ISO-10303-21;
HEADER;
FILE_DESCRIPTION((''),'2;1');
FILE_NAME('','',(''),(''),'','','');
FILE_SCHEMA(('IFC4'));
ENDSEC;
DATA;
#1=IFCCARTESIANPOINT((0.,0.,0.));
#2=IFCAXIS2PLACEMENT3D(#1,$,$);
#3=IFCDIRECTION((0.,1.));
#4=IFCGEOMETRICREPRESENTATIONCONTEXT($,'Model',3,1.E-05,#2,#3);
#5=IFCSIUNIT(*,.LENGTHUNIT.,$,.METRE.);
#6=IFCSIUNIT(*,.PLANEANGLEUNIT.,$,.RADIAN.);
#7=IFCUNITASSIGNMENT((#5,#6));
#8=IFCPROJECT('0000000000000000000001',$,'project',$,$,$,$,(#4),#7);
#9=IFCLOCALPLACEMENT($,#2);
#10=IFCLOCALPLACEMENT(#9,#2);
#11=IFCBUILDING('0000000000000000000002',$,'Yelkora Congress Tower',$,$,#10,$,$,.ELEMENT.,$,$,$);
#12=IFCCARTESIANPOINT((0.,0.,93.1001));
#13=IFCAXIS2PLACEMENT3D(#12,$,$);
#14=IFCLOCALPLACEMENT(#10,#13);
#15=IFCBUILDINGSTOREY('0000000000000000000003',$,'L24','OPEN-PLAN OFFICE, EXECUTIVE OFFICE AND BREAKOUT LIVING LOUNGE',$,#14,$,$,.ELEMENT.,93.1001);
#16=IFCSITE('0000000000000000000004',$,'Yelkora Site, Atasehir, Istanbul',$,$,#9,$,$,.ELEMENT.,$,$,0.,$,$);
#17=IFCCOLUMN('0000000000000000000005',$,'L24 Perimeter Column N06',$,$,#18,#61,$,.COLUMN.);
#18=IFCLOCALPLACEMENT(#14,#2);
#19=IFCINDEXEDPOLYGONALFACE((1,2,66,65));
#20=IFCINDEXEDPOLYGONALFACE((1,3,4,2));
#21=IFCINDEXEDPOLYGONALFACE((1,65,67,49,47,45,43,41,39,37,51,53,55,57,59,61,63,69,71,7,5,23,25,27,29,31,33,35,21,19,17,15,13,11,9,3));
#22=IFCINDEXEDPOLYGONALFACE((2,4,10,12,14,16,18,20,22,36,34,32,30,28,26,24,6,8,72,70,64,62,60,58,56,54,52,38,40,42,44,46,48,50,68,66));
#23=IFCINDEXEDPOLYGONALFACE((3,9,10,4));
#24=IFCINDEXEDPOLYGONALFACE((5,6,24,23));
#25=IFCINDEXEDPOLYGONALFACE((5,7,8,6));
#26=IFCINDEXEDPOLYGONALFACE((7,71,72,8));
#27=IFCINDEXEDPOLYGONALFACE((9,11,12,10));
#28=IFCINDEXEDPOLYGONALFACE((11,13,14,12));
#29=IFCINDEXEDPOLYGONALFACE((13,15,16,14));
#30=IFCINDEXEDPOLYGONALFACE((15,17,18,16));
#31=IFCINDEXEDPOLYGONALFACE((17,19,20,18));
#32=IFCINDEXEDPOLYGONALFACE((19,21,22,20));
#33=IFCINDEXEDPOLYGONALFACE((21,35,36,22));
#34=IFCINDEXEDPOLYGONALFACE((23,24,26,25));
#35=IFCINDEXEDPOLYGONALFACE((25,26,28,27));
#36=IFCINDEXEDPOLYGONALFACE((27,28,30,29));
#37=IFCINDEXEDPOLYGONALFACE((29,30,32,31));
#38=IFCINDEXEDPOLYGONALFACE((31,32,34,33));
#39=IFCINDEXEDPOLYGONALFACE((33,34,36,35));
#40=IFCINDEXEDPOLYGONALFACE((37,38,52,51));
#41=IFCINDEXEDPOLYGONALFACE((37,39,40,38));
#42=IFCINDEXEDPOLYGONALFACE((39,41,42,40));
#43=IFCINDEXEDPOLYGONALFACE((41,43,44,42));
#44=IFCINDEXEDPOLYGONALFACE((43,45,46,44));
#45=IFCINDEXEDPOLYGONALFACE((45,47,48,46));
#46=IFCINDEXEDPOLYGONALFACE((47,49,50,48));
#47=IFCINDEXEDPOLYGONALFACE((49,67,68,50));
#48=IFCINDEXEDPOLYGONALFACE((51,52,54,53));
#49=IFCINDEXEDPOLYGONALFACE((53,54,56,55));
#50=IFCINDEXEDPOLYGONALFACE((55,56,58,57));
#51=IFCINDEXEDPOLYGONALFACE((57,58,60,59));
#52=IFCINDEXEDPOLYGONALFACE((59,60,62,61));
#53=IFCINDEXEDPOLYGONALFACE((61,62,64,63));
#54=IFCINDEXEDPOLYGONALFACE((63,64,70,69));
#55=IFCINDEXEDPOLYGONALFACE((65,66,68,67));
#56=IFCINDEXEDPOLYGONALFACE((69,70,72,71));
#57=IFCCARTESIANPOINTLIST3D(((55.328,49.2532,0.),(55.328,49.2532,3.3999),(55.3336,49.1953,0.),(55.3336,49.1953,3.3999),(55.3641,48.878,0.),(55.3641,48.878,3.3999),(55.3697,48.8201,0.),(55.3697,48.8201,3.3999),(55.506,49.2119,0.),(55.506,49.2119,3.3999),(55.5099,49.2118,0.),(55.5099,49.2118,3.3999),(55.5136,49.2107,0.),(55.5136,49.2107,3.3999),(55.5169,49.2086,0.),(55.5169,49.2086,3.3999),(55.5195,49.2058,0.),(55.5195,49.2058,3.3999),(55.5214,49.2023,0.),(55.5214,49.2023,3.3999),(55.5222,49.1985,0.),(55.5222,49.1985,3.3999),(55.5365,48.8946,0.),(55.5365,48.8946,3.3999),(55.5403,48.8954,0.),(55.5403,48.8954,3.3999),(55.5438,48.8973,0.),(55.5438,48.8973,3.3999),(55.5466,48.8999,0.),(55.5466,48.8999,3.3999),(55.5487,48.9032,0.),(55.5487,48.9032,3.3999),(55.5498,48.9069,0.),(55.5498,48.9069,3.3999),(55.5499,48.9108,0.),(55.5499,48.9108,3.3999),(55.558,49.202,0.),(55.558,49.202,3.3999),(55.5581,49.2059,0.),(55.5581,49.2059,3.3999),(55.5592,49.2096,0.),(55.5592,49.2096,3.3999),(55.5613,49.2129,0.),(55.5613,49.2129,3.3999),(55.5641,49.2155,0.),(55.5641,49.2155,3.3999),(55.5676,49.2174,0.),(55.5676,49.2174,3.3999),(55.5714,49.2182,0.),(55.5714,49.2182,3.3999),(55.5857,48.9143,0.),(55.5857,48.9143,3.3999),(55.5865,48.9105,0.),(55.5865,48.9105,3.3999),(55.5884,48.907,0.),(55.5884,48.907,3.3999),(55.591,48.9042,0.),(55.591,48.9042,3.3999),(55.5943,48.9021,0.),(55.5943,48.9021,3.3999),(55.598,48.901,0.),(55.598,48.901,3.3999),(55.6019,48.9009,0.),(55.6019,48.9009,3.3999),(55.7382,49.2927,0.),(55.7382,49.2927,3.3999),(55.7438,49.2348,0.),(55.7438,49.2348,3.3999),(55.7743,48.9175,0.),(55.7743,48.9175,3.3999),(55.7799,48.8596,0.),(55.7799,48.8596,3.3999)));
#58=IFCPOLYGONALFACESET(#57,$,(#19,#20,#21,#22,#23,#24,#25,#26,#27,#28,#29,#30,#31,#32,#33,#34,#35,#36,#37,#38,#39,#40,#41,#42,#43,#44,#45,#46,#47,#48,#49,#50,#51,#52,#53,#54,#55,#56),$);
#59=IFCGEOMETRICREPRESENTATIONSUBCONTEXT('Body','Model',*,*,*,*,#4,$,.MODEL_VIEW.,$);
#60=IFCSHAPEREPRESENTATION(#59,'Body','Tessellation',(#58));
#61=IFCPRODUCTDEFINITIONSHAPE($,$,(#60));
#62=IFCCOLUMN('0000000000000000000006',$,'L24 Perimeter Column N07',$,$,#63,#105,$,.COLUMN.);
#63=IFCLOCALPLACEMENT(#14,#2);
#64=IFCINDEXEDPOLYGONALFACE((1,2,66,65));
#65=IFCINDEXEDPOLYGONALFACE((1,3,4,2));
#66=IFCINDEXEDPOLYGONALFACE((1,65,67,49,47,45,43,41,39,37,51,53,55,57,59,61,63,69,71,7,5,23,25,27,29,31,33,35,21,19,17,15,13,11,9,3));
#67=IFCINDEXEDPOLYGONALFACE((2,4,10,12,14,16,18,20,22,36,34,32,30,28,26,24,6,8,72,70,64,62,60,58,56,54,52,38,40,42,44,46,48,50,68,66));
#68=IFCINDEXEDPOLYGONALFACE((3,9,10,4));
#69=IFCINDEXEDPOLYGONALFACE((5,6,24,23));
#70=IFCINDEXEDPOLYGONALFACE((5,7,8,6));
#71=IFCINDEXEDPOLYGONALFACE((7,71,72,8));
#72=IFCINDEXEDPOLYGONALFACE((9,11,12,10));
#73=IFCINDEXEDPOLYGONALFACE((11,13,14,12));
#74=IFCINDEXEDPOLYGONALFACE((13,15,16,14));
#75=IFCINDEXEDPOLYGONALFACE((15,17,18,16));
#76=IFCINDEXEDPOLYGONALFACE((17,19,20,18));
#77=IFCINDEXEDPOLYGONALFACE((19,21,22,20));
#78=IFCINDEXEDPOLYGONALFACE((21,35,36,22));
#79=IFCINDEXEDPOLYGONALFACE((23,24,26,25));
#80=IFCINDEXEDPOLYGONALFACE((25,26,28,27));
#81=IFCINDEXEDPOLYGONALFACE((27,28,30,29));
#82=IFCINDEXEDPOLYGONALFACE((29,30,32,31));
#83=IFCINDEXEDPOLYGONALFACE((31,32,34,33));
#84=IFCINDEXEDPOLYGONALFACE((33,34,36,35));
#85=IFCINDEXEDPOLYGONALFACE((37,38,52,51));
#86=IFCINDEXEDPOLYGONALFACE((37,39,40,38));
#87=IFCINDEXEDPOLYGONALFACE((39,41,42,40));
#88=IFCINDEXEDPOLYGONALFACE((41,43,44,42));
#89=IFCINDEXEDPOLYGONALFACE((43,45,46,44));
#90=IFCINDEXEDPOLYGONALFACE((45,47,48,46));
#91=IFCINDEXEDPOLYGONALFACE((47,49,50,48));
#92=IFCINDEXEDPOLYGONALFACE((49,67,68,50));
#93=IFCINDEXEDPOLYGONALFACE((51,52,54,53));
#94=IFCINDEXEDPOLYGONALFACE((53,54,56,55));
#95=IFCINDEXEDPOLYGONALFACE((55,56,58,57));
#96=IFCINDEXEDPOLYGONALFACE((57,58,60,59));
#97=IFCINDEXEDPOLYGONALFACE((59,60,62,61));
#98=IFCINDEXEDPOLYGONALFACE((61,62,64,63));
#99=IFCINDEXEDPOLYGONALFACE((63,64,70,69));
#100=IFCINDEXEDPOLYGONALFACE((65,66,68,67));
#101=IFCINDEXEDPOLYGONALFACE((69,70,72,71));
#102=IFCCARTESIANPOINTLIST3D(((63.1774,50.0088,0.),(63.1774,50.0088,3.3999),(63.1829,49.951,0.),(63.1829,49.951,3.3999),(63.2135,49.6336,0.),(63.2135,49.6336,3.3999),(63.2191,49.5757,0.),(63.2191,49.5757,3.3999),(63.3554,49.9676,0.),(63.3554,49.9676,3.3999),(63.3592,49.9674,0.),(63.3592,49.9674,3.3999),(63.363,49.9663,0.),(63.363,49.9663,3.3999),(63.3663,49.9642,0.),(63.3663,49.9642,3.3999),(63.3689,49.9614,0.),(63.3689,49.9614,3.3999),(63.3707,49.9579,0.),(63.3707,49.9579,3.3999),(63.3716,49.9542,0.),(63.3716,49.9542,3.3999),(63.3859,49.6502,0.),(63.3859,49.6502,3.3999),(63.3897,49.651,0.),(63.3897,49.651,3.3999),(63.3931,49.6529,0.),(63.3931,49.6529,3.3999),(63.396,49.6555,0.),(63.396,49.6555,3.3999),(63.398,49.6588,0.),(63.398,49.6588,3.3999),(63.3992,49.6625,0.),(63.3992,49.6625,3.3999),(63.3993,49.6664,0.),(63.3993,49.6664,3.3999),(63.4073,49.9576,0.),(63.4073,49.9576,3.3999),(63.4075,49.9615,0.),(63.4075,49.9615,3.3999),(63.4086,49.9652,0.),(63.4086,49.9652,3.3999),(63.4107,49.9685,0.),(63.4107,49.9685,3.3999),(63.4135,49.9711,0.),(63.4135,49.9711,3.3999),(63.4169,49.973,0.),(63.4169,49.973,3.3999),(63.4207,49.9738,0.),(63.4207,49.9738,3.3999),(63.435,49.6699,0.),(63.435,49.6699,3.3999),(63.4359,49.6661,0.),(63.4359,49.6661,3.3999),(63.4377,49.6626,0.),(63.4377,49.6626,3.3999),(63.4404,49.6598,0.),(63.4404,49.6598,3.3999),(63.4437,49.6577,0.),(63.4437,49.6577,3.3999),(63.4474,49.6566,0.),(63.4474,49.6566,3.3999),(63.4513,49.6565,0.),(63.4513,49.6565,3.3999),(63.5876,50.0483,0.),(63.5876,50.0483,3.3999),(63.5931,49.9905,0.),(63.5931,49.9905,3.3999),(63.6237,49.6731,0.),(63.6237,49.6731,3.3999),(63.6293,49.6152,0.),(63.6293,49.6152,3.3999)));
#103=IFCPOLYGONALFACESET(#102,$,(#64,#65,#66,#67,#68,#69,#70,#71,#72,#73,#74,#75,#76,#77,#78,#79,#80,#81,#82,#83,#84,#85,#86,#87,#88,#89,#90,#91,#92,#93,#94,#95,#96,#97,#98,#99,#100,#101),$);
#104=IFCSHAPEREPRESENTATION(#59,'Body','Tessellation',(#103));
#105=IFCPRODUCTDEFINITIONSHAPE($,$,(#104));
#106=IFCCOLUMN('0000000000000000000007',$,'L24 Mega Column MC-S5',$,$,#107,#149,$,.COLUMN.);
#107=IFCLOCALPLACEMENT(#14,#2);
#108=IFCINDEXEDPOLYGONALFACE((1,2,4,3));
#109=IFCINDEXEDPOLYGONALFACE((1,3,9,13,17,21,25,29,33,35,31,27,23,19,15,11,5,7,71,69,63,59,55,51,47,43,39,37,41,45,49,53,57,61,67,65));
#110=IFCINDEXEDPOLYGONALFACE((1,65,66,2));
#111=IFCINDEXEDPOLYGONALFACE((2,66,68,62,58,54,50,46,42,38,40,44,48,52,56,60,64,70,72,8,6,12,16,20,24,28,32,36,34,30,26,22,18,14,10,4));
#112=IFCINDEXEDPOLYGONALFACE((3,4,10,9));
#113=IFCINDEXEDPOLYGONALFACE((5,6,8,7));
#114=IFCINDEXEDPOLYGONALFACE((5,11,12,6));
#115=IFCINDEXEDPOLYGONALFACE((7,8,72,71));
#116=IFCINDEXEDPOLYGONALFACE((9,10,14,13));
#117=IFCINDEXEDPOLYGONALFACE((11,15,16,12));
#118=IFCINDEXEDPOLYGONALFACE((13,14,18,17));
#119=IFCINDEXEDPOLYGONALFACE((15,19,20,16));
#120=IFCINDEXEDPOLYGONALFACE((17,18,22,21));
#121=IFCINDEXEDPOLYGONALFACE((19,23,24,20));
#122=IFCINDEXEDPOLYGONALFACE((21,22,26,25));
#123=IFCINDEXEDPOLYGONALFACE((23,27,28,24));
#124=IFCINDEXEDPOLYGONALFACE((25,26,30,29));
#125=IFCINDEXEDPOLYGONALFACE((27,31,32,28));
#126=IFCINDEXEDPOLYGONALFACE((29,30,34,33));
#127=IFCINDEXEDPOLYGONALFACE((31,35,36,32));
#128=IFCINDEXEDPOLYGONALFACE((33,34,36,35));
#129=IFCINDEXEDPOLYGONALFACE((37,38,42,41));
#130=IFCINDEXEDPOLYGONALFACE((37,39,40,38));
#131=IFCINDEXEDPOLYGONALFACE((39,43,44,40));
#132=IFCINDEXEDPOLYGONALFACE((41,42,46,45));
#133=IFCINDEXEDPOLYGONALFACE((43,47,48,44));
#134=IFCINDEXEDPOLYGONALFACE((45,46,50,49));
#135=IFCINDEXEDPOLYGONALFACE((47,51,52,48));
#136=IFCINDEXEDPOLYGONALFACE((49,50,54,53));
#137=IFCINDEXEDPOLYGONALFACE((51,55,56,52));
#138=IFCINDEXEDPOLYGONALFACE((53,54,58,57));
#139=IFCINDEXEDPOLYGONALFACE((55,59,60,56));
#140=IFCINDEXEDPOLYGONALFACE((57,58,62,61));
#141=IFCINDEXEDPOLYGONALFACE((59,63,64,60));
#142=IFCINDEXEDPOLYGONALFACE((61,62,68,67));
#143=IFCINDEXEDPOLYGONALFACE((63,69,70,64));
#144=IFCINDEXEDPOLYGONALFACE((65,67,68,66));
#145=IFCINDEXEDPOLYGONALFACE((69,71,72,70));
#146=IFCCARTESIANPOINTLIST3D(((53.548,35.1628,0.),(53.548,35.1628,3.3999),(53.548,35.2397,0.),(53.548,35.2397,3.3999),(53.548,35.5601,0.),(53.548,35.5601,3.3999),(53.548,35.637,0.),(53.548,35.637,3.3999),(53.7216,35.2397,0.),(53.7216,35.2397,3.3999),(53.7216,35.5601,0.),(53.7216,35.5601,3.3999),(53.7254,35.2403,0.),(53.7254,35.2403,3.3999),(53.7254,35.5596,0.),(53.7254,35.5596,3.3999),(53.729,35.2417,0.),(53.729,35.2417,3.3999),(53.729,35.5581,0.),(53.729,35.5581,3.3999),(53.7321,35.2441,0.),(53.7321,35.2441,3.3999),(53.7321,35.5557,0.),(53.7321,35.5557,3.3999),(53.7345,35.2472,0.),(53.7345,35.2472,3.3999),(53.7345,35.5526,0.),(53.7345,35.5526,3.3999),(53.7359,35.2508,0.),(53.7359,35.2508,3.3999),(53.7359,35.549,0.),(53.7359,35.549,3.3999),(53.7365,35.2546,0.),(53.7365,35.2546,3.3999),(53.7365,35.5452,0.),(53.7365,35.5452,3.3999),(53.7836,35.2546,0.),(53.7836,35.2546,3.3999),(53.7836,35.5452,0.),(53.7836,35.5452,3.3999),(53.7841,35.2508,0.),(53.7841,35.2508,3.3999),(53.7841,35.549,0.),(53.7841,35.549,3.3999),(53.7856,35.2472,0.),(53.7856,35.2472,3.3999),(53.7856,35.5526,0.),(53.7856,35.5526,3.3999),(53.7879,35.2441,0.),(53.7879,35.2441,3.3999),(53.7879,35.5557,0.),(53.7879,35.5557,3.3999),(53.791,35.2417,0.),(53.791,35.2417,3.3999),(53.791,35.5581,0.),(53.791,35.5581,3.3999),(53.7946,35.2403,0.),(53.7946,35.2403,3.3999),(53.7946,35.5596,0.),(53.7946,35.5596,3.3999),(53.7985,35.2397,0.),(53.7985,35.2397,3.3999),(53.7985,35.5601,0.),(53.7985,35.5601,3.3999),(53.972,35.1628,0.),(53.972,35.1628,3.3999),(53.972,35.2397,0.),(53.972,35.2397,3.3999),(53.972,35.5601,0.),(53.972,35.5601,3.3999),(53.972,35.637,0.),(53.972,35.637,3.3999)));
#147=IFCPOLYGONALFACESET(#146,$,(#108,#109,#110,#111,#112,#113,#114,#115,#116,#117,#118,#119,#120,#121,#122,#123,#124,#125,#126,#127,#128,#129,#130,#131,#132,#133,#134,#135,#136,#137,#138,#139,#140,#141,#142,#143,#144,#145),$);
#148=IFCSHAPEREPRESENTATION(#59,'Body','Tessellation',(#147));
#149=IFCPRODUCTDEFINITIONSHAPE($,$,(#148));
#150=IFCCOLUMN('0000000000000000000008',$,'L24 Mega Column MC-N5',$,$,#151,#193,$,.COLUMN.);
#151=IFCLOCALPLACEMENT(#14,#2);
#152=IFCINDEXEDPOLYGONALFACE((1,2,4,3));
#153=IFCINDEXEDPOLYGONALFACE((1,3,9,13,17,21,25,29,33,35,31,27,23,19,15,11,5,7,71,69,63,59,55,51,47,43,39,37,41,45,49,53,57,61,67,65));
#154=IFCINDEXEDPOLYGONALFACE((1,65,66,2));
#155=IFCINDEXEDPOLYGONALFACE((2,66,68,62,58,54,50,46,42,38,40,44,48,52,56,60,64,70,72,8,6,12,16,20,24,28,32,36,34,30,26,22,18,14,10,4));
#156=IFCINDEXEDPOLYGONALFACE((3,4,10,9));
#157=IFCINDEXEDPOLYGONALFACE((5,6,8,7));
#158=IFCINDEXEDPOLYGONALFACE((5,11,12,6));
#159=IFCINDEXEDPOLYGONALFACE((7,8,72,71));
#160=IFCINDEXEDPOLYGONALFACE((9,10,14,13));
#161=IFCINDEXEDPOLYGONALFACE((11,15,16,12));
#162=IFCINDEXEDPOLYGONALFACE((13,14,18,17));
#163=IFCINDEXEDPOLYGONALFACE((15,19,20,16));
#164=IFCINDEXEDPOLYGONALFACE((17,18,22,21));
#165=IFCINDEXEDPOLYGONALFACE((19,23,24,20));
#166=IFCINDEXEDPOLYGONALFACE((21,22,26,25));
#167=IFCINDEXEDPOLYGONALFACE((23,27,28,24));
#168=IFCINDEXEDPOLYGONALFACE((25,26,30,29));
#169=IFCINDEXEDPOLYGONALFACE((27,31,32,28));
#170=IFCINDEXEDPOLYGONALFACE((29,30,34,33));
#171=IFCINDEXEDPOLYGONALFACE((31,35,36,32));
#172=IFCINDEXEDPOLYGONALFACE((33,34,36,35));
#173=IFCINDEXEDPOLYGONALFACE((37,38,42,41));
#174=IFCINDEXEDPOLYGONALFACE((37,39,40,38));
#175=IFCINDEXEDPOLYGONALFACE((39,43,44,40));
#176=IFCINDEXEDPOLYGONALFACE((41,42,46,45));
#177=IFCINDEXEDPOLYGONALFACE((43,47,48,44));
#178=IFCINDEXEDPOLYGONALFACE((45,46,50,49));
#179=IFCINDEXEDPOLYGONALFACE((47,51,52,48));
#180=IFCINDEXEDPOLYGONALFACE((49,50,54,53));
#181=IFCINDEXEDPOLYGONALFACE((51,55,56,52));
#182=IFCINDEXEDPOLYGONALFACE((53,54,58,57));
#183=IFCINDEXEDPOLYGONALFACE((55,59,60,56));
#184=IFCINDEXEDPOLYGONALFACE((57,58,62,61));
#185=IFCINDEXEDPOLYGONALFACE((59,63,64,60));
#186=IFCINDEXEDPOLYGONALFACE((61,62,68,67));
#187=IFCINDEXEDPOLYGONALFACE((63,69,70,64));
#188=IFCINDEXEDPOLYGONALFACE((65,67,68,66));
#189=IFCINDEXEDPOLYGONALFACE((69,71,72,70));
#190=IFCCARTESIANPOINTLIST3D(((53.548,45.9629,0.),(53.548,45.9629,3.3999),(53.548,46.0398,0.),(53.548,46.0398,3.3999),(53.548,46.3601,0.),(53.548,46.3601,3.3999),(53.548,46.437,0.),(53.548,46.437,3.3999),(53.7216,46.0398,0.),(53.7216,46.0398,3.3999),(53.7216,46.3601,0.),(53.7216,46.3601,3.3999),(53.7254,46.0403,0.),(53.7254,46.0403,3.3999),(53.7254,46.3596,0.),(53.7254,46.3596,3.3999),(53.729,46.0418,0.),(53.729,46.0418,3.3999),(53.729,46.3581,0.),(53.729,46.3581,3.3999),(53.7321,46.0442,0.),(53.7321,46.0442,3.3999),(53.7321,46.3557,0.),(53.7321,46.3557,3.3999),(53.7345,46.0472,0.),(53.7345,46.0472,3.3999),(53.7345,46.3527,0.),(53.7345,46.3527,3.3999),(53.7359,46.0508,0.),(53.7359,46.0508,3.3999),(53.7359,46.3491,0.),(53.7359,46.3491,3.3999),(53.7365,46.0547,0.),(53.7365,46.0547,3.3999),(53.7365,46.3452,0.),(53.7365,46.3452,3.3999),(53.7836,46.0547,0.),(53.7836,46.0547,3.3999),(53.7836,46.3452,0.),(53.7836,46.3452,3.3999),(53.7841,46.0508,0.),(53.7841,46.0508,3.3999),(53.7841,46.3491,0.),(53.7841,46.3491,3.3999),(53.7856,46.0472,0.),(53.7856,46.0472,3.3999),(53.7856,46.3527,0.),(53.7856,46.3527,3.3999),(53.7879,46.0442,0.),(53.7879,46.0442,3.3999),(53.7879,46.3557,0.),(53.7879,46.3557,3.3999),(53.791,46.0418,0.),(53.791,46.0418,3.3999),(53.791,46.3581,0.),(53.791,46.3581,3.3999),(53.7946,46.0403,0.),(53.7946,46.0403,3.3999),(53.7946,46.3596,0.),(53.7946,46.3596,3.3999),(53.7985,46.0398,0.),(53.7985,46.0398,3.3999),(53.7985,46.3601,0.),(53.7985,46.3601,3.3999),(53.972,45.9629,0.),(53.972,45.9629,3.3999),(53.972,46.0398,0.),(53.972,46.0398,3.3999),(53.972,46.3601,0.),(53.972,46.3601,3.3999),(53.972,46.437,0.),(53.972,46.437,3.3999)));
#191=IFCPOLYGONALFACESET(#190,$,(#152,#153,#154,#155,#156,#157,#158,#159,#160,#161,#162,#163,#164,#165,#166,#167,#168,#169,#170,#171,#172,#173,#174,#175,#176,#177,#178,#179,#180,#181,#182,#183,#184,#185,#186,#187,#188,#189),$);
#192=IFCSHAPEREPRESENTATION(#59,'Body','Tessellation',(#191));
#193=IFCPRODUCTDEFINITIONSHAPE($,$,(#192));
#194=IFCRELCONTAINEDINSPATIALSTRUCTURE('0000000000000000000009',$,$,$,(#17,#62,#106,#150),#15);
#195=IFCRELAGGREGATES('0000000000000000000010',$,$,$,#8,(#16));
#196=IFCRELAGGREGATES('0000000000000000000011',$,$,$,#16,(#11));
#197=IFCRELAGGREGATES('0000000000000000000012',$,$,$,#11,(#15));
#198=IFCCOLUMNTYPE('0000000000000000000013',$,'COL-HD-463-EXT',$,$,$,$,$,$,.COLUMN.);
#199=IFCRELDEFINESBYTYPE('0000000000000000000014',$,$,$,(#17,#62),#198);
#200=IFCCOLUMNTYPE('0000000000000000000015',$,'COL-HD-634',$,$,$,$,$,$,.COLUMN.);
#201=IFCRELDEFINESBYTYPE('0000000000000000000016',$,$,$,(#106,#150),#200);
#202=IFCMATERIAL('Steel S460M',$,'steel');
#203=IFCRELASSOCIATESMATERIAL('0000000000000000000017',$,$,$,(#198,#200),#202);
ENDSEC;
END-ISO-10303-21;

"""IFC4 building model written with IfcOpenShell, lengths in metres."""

from ifc_helpers import new_model, si_unit, direction, frame, origin, origin_2d, place, context, subcontext, project, spatial, i_section, extrude, material, material_profile, profile_set, type_object, element, save


model = new_model("IFC4")

# Units and contexts
model_context = context("Model", 3, precision=1e-05, world=origin(), true_north=direction((0.0, 1.0)))
body_context = subcontext(model_context, "Body", "Model", "MODEL_VIEW")
ifc_project = project(units=[si_unit("LENGTHUNIT", "METRE"), si_unit("PLANEANGLEUNIT", "RADIAN")], contexts=[model_context])

# Site, building, storey
site_placement = place(None, origin())
site = spatial("IfcSite", under=ifc_project, at=site_placement, Name="Yelkora Site, Atasehir, Istanbul", CompositionType="ELEMENT", RefElevation=0.0)
building_placement = place(site_placement, origin())
building = spatial("IfcBuilding", under=site, at=building_placement, Name="Yelkora Congress Tower", CompositionType="ELEMENT")
storey_placement = place(building_placement, frame((0.0, 0.0, 93.1001)))
storey = spatial("IfcBuildingStorey", under=building, at=storey_placement, Name="L24", Description="OPEN-PLAN OFFICE, EXECUTIVE OFFICE AND BREAKOUT LIVING LOUNGE", CompositionType="ELEMENT", Elevation=93.1001)

# Columns
ifc_material_1 = material(Name="Steel S460M", Category="steel")
ifc_material_profile_1 = material_profile(ifc_material_1, i_section(OverallWidth=0.4121, OverallDepth=0.4351, WebThickness=0.0359, FlangeThickness=0.0581, FilletRadius=0.0149, at=origin_2d()), Name="HD 400x463")
ifc_profile_set_1 = profile_set([ifc_material_profile_1], Name="Steel S460M")
column_type_1 = type_object("IfcColumnType", Name="COL-HD-463-EXT", PredefinedType="COLUMN", material=ifc_profile_set_1)
for number, where, z_axis, x_axis, name in (
    (1, (55.554, 49.0564, 0.0), (0.0, 0.0, 1.0), (0.995396, 0.095846, 0.0), "L24 Perimeter Column N06"),
    (2, (63.4033, 49.812, 0.0), (0.0, 0.0, 1.0), (0.995396, 0.095846, 0.0), "L24 Perimeter Column N07"),
):
    element("IfcColumn", number, at=place(storey_placement, frame(where, z_axis=z_axis, x_axis=x_axis)), inside=storey, type_object=column_type_1, Name=name, PredefinedType="COLUMN", context=body_context, shape_type="SweptSolid", body=[
        extrude(i_section(OverallWidth=0.4121, OverallDepth=0.4351, WebThickness=0.0359, FlangeThickness=0.0581, FilletRadius=0.0149, at=origin_2d()), origin(), (0.0, 0.0, 1.0), 3.3999),
    ])
ifc_material_profile_2 = material_profile(ifc_material_1, i_section(OverallWidth=0.4241, OverallDepth=0.4741, WebThickness=0.0471, FlangeThickness=0.0769, FilletRadius=0.0149, at=origin_2d()), Name="HD 400x634")
ifc_profile_set_2 = profile_set([ifc_material_profile_2], Name="Steel S460M")
column_type_2 = type_object("IfcColumnType", Name="COL-HD-634", PredefinedType="COLUMN", material=ifc_profile_set_2)
for number, where, z_axis, x_axis, name in (
    (3, (53.76, 35.3999, 0.0), (0.0, 0.0, 1.0), (1.0, 0.0, 0.0), "L24 Mega Column MC-S5"),
    (4, (53.76, 46.2, 0.0), (0.0, 0.0, 1.0), (1.0, 0.0, 0.0), "L24 Mega Column MC-N5"),
):
    element("IfcColumn", number, at=place(storey_placement, frame(where, z_axis=z_axis, x_axis=x_axis)), inside=storey, type_object=column_type_2, Name=name, PredefinedType="COLUMN", context=body_context, shape_type="SweptSolid", body=[
        extrude(i_section(OverallWidth=0.4241, OverallDepth=0.4741, WebThickness=0.0471, FlangeThickness=0.0769, FilletRadius=0.0149, at=origin_2d()), origin(), (0.0, 0.0, 1.0), 3.3999),
    ])

save(model, "model.ifc")
